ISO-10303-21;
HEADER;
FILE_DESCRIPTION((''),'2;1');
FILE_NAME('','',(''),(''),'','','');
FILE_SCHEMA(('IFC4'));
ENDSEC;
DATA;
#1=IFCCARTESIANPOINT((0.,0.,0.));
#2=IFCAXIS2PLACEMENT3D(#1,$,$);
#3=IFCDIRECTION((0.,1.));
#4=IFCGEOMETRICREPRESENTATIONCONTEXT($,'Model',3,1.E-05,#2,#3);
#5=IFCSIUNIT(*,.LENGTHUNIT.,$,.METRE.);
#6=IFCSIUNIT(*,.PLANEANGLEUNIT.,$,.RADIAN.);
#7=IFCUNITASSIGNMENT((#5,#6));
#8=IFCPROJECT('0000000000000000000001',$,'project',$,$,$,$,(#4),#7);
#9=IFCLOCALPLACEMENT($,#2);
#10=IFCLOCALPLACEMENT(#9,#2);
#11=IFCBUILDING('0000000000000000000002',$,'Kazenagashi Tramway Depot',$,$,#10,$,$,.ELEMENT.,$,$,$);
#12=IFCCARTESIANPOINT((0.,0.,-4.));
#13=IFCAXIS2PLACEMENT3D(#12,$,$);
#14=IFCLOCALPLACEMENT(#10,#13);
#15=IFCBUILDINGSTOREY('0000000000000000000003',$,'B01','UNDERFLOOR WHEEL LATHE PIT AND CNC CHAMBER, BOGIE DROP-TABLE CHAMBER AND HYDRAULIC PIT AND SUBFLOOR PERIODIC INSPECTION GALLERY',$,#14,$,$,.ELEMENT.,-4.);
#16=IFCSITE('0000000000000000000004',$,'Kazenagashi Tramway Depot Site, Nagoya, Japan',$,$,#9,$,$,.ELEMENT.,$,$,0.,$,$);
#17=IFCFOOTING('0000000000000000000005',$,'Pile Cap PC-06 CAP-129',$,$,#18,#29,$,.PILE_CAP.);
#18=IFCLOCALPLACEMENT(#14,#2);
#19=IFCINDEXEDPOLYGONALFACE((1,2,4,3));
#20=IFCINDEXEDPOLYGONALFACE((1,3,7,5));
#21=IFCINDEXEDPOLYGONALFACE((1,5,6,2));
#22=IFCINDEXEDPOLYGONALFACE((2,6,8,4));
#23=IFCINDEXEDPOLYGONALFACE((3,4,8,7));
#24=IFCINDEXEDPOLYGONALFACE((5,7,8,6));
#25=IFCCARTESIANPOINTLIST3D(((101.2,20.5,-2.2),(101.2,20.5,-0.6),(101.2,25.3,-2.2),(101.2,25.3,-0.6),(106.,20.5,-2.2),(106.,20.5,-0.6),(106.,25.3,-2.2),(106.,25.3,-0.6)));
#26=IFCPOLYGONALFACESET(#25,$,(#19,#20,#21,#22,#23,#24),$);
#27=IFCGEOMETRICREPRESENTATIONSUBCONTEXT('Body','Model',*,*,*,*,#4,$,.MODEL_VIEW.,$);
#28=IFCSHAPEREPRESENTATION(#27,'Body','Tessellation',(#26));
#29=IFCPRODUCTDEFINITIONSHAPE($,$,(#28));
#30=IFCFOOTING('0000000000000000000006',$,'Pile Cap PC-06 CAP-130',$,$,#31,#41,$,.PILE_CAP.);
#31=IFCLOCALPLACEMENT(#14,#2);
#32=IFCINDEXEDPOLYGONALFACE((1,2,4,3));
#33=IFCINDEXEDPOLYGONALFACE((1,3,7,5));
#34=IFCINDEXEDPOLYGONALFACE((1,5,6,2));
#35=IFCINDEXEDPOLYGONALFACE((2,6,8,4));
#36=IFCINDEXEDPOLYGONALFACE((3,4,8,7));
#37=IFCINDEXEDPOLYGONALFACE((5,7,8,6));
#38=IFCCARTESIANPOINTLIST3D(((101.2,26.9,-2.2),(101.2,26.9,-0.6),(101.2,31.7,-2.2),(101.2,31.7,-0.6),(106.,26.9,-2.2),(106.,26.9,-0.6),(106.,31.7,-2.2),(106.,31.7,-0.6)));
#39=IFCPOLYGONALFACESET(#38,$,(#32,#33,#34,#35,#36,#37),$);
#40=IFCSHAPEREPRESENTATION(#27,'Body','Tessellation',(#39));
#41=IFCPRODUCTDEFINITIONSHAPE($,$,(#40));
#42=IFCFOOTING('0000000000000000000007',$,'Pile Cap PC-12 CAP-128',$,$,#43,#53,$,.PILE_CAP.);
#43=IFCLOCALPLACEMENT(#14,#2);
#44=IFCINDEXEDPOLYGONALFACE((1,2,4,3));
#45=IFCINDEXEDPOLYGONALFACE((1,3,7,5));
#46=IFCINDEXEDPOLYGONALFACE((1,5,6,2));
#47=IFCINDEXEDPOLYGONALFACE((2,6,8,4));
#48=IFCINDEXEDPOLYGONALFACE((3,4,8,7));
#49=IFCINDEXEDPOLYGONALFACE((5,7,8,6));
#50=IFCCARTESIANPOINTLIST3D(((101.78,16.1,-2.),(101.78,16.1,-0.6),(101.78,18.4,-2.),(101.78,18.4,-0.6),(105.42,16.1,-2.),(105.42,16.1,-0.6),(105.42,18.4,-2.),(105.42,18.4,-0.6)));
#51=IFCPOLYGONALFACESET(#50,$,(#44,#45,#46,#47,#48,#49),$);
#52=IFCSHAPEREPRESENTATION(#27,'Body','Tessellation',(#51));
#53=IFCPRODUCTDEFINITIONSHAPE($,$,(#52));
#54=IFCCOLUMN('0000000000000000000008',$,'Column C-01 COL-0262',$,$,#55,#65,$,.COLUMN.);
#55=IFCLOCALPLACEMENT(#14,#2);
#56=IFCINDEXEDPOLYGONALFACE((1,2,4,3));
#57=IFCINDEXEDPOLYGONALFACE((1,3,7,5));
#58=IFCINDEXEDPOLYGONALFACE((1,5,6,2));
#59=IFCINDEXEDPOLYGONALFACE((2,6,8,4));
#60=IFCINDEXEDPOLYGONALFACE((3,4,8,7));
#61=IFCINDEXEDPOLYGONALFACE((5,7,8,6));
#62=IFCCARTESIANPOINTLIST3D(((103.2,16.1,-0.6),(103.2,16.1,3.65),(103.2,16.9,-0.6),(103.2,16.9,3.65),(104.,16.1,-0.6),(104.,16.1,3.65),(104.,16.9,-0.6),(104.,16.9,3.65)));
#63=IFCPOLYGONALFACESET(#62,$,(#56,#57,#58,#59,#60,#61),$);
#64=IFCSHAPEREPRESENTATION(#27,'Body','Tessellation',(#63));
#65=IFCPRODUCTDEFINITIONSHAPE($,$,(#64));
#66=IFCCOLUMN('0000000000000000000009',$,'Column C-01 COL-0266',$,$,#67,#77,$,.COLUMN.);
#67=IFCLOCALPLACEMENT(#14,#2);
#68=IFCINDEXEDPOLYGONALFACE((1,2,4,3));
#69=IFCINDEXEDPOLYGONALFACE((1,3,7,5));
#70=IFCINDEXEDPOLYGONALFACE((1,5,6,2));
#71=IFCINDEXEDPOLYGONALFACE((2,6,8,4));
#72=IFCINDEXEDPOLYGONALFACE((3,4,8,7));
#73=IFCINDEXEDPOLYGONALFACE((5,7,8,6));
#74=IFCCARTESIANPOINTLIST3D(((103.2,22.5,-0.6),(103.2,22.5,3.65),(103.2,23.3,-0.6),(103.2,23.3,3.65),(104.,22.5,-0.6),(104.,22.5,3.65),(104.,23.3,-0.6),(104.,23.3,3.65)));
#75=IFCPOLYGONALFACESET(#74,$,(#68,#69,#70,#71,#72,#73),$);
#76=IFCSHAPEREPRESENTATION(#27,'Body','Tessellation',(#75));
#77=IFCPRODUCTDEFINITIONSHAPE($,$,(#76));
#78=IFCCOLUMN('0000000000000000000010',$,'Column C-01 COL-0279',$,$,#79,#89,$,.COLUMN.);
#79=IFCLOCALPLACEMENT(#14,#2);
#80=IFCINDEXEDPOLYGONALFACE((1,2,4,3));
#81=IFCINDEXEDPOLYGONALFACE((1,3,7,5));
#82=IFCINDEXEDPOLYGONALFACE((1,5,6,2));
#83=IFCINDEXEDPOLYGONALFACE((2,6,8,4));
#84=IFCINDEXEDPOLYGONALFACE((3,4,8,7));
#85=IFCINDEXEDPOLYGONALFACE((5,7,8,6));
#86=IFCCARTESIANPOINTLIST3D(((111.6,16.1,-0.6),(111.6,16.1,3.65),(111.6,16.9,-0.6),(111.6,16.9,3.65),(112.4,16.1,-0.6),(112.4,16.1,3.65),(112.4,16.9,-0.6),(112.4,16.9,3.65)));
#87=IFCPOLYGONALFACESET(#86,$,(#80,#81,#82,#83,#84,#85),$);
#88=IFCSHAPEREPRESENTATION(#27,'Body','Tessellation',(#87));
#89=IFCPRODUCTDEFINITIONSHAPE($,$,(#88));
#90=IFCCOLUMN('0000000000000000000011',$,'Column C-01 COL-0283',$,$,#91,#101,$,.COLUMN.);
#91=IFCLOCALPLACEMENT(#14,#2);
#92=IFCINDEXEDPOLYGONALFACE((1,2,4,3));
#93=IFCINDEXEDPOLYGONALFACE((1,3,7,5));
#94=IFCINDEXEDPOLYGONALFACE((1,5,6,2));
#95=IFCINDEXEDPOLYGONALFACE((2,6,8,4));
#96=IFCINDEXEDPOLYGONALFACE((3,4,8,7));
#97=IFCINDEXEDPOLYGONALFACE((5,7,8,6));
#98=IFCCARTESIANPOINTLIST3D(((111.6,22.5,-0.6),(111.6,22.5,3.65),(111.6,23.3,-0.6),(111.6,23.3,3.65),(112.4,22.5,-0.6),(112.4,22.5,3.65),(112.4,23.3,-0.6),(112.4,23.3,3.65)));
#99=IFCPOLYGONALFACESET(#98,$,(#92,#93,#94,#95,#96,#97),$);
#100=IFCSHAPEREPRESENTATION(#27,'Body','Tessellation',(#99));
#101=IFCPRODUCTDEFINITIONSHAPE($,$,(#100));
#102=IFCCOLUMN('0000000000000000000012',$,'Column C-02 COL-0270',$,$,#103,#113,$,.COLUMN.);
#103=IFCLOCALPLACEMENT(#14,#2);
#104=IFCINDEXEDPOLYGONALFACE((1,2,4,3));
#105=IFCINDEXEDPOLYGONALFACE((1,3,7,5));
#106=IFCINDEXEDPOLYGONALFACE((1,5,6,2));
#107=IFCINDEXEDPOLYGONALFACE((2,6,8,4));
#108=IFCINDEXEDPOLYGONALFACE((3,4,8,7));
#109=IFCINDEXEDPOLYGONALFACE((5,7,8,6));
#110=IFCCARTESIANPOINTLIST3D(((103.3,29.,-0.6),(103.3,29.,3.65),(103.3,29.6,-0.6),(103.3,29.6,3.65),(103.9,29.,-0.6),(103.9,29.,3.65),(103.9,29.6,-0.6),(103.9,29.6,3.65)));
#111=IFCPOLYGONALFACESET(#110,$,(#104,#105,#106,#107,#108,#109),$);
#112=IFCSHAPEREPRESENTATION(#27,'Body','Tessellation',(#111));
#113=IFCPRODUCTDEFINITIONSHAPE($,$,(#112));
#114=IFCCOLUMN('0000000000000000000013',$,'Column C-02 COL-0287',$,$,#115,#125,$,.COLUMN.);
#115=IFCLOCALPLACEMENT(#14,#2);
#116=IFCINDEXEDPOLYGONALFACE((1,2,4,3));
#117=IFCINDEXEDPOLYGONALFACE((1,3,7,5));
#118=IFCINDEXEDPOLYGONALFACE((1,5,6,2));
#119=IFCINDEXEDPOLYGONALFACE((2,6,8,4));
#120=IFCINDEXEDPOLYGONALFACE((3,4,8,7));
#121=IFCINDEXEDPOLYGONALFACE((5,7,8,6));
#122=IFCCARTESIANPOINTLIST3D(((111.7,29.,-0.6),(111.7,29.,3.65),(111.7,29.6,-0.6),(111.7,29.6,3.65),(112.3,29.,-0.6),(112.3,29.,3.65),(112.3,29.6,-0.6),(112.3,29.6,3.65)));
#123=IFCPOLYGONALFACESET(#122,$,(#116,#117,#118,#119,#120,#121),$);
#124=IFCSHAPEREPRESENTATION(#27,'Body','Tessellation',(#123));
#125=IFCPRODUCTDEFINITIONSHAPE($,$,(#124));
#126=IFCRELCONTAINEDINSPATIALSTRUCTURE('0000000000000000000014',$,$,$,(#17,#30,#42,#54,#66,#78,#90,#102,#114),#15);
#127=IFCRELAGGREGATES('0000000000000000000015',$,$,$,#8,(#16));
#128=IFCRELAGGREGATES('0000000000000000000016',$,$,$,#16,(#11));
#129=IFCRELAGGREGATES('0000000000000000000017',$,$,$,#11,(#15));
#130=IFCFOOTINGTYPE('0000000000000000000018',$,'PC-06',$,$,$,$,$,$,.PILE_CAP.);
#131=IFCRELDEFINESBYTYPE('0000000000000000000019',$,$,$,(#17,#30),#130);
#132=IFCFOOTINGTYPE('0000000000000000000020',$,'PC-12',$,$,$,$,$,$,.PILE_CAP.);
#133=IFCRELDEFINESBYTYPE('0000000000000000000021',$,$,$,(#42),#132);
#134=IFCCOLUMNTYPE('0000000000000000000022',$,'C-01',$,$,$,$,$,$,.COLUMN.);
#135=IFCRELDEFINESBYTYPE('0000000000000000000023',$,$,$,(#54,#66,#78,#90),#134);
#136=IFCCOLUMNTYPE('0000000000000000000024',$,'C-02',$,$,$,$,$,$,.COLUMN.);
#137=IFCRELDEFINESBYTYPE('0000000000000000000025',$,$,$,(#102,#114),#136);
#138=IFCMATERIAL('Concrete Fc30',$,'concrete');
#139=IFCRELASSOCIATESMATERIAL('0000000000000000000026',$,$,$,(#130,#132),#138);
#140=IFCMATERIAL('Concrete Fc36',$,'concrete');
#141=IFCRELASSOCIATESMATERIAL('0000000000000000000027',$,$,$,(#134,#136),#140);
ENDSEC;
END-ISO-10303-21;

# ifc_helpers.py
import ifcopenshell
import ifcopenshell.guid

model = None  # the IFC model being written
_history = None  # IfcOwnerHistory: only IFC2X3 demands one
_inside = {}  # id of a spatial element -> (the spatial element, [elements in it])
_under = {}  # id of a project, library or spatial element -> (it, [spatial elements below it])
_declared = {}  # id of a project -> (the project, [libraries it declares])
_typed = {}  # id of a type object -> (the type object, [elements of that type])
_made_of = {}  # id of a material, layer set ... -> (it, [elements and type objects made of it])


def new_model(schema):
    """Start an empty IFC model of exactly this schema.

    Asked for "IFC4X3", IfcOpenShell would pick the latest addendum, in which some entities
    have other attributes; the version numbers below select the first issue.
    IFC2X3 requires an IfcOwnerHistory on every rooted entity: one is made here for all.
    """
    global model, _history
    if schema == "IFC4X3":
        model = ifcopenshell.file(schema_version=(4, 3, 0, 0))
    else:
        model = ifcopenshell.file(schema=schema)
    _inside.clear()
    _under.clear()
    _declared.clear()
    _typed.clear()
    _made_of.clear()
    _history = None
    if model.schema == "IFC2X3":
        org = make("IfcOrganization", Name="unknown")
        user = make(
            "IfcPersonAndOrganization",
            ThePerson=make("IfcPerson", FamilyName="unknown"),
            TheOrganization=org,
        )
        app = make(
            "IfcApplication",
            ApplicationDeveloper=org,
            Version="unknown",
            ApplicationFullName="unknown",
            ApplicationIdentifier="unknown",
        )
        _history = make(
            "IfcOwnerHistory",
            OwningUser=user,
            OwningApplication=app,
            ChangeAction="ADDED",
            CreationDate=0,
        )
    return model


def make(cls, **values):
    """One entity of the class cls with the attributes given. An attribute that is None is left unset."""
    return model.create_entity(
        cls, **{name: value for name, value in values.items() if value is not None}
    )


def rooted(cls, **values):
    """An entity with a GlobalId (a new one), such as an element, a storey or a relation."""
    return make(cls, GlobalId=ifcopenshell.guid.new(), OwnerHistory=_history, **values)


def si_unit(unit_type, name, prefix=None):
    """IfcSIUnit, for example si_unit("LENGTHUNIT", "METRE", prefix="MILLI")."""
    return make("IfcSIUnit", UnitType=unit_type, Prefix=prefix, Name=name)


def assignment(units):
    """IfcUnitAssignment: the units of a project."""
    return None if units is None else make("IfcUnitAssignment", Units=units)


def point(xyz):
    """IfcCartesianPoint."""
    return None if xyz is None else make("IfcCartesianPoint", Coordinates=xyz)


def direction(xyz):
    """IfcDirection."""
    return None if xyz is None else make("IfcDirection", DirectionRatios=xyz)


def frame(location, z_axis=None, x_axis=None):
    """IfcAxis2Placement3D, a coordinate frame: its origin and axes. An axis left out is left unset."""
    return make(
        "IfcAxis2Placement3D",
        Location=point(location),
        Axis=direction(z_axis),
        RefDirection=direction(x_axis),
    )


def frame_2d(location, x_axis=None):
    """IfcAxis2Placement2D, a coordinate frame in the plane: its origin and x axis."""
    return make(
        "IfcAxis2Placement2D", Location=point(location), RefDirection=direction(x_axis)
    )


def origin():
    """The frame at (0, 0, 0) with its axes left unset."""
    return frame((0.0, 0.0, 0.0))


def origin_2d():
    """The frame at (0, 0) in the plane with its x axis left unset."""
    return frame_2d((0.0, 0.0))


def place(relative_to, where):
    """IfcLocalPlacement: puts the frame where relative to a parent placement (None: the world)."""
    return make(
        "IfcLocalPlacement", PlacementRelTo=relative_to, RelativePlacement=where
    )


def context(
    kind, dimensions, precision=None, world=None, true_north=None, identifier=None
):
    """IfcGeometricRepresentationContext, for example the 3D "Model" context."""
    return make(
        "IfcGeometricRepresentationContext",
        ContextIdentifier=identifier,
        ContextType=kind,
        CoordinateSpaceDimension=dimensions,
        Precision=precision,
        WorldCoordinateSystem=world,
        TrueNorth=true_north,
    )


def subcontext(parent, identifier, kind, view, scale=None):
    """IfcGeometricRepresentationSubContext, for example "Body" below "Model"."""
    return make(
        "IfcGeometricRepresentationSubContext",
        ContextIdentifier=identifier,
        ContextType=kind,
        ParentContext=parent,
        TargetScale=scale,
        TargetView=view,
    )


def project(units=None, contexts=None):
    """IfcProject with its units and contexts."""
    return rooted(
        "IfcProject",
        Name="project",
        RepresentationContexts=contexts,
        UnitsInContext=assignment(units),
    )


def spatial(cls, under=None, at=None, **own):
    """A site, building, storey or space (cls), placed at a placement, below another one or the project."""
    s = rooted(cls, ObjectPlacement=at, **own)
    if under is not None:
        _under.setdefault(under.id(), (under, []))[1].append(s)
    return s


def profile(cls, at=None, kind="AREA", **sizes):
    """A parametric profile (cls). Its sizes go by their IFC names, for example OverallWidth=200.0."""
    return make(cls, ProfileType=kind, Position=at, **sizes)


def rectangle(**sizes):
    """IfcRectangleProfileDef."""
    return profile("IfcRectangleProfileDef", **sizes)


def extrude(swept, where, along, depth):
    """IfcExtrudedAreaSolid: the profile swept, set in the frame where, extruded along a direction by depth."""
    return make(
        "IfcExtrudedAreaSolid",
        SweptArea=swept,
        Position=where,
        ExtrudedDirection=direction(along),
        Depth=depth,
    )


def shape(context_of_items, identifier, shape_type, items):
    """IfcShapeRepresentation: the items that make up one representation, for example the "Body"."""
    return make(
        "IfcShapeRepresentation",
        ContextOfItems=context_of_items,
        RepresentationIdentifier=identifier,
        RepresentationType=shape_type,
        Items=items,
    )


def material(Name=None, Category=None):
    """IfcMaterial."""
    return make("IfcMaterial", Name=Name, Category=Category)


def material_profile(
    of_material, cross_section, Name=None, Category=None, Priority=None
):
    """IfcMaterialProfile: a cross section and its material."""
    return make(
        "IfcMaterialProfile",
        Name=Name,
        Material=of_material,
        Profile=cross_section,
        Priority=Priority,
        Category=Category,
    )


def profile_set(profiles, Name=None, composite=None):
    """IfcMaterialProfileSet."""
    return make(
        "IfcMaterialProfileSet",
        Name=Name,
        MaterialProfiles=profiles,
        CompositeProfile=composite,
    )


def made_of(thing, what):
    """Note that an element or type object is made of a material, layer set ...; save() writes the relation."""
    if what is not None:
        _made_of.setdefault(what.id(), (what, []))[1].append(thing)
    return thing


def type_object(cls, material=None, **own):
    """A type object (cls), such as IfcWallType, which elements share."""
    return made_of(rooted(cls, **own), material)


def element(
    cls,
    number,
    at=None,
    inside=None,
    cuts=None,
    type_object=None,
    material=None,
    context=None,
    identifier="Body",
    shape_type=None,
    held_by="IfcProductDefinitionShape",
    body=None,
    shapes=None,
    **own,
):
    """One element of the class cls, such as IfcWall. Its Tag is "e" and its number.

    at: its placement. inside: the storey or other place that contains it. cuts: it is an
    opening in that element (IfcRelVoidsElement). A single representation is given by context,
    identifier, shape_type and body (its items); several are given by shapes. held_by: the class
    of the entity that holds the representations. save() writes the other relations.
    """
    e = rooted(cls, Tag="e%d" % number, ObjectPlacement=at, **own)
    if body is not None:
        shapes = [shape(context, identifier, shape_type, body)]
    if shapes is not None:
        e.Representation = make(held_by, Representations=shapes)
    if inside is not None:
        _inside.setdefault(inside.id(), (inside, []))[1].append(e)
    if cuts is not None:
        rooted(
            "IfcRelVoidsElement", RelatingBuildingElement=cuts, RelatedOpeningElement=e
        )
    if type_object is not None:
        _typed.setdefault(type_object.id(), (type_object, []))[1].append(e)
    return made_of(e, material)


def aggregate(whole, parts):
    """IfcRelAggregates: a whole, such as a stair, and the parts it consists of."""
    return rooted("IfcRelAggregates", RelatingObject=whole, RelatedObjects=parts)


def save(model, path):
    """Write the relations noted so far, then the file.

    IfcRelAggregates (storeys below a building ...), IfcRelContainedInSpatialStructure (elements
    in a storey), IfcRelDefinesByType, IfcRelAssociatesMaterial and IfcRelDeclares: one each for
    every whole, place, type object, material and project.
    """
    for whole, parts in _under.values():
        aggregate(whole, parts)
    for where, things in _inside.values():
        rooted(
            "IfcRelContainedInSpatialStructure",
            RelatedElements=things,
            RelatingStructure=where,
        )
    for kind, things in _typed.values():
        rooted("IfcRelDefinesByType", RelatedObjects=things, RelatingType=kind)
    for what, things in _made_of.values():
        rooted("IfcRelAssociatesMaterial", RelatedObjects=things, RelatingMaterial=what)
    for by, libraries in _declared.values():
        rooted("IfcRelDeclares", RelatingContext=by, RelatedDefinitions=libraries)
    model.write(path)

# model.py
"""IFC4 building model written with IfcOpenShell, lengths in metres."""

from ifc_helpers import new_model, si_unit, direction, frame, origin, origin_2d, place, context, subcontext, project, spatial, rectangle, extrude, material, material_profile, profile_set, type_object, element, save


model = new_model("IFC4")

# Units and contexts
model_context = context("Model", 3, precision=1e-05, world=origin(), true_north=direction((0.0, 1.0)))
body_context = subcontext(model_context, "Body", "Model", "MODEL_VIEW")
ifc_project = project(units=[si_unit("LENGTHUNIT", "METRE"), si_unit("PLANEANGLEUNIT", "RADIAN")], contexts=[model_context])

# Site, building, storey
site_placement = place(None, origin())
site = spatial("IfcSite", under=ifc_project, at=site_placement, Name="Kazenagashi Tramway Depot Site, Nagoya, Japan", CompositionType="ELEMENT", RefElevation=0.0)
building_placement = place(site_placement, origin())
building = spatial("IfcBuilding", under=site, at=building_placement, Name="Kazenagashi Tramway Depot", CompositionType="ELEMENT")
storey_placement = place(building_placement, frame((0.0, 0.0, -4.0)))
storey = spatial("IfcBuildingStorey", under=building, at=storey_placement, Name="B01", Description="UNDERFLOOR WHEEL LATHE PIT AND CNC CHAMBER, BOGIE DROP-TABLE CHAMBER AND HYDRAULIC PIT AND SUBFLOOR PERIODIC INSPECTION GALLERY", CompositionType="ELEMENT", Elevation=-4.0)

# Shared definitions
ifc_material_1 = material(Name="Concrete Fc30", Category="concrete")

# Footings
footing_type_1 = type_object("IfcFootingType", Name="PC-06", PredefinedType="PILE_CAP", material=ifc_material_1)
for number, where, z_axis, x_axis, name in (
    (1, (103.6, 22.9, -2.2), (0.0, 0.0, 1.0), (1.0, 0.0, 0.0), "Pile Cap PC-06 CAP-129"),
    (2, (103.6, 29.3, -2.2), (0.0, 0.0, 1.0), (1.0, 0.0, 0.0), "Pile Cap PC-06 CAP-130"),
):
    element("IfcFooting", number, at=place(storey_placement, frame(where, z_axis=z_axis, x_axis=x_axis)), inside=storey, type_object=footing_type_1, Name=name, PredefinedType="PILE_CAP", context=body_context, shape_type="SweptSolid", body=[
        extrude(rectangle(XDim=4.8, YDim=4.8, at=origin_2d()), origin(), (0.0, 0.0, 1.0), 1.6),
    ])
footing_type_2 = type_object("IfcFootingType", Name="PC-12", PredefinedType="PILE_CAP", material=ifc_material_1)
footing_placement = place(storey_placement, frame((103.6, 17.25, -2.0), z_axis=(0.0, 0.0, 1.0), x_axis=(1.0, 0.0, 0.0)))
element("IfcFooting", 3, at=footing_placement, inside=storey, type_object=footing_type_2, Name="Pile Cap PC-12 CAP-128", PredefinedType="PILE_CAP", context=body_context, shape_type="SweptSolid", body=[
    extrude(rectangle(XDim=3.64, YDim=2.3, at=origin_2d()), origin(), (0.0, 0.0, 1.0), 1.4),
])

# Columns
ifc_material_2 = material(Name="Concrete Fc36", Category="concrete")
ifc_material_profile_1 = material_profile(ifc_material_2, rectangle(XDim=0.8, YDim=0.8, at=origin_2d()), Name="RC-800x800")
ifc_profile_set_1 = profile_set([ifc_material_profile_1], Name="Concrete Fc36")
column_type_1 = type_object("IfcColumnType", Name="C-01", PredefinedType="COLUMN", material=ifc_profile_set_1)
for number, where, z_axis, x_axis, name in (
    (4, (103.6, 16.5, -0.6), (0.0, 0.0, 1.0), (1.0, 0.0, 0.0), "Column C-01 COL-0262"),
    (5, (103.6, 22.9, -0.6), (0.0, 0.0, 1.0), (1.0, 0.0, 0.0), "Column C-01 COL-0266"),
    (6, (112.0, 16.5, -0.6), (0.0, 0.0, 1.0), (1.0, 0.0, 0.0), "Column C-01 COL-0279"),
    (7, (112.0, 22.9, -0.6), (0.0, 0.0, 1.0), (1.0, 0.0, 0.0), "Column C-01 COL-0283"),
):
    element("IfcColumn", number, at=place(storey_placement, frame(where, z_axis=z_axis, x_axis=x_axis)), inside=storey, type_object=column_type_1, Name=name, PredefinedType="COLUMN", context=body_context, shape_type="SweptSolid", body=[
        extrude(rectangle(XDim=0.8, YDim=0.8, at=origin_2d()), origin(), (0.0, 0.0, 1.0), 4.25),
    ])
ifc_material_profile_2 = material_profile(ifc_material_2, rectangle(XDim=0.6, YDim=0.6, at=origin_2d()), Name="RC-600x600")
ifc_profile_set_2 = profile_set([ifc_material_profile_2], Name="Concrete Fc36")
column_type_2 = type_object("IfcColumnType", Name="C-02", PredefinedType="COLUMN", material=ifc_profile_set_2)
for number, where, z_axis, x_axis, name in (
    (8, (103.6, 29.3, -0.6), (0.0, 0.0, 1.0), (1.0, 0.0, 0.0), "Column C-02 COL-0270"),
    (9, (112.0, 29.3, -0.6), (0.0, 0.0, 1.0), (1.0, 0.0, 0.0), "Column C-02 COL-0287"),
):
    element("IfcColumn", number, at=place(storey_placement, frame(where, z_axis=z_axis, x_axis=x_axis)), inside=storey, type_object=column_type_2, Name=name, PredefinedType="COLUMN", context=body_context, shape_type="SweptSolid", body=[
        extrude(rectangle(XDim=0.6, YDim=0.6, at=origin_2d()), origin(), (0.0, 0.0, 1.0), 4.25),
    ])

save(model, "model.ifc")
